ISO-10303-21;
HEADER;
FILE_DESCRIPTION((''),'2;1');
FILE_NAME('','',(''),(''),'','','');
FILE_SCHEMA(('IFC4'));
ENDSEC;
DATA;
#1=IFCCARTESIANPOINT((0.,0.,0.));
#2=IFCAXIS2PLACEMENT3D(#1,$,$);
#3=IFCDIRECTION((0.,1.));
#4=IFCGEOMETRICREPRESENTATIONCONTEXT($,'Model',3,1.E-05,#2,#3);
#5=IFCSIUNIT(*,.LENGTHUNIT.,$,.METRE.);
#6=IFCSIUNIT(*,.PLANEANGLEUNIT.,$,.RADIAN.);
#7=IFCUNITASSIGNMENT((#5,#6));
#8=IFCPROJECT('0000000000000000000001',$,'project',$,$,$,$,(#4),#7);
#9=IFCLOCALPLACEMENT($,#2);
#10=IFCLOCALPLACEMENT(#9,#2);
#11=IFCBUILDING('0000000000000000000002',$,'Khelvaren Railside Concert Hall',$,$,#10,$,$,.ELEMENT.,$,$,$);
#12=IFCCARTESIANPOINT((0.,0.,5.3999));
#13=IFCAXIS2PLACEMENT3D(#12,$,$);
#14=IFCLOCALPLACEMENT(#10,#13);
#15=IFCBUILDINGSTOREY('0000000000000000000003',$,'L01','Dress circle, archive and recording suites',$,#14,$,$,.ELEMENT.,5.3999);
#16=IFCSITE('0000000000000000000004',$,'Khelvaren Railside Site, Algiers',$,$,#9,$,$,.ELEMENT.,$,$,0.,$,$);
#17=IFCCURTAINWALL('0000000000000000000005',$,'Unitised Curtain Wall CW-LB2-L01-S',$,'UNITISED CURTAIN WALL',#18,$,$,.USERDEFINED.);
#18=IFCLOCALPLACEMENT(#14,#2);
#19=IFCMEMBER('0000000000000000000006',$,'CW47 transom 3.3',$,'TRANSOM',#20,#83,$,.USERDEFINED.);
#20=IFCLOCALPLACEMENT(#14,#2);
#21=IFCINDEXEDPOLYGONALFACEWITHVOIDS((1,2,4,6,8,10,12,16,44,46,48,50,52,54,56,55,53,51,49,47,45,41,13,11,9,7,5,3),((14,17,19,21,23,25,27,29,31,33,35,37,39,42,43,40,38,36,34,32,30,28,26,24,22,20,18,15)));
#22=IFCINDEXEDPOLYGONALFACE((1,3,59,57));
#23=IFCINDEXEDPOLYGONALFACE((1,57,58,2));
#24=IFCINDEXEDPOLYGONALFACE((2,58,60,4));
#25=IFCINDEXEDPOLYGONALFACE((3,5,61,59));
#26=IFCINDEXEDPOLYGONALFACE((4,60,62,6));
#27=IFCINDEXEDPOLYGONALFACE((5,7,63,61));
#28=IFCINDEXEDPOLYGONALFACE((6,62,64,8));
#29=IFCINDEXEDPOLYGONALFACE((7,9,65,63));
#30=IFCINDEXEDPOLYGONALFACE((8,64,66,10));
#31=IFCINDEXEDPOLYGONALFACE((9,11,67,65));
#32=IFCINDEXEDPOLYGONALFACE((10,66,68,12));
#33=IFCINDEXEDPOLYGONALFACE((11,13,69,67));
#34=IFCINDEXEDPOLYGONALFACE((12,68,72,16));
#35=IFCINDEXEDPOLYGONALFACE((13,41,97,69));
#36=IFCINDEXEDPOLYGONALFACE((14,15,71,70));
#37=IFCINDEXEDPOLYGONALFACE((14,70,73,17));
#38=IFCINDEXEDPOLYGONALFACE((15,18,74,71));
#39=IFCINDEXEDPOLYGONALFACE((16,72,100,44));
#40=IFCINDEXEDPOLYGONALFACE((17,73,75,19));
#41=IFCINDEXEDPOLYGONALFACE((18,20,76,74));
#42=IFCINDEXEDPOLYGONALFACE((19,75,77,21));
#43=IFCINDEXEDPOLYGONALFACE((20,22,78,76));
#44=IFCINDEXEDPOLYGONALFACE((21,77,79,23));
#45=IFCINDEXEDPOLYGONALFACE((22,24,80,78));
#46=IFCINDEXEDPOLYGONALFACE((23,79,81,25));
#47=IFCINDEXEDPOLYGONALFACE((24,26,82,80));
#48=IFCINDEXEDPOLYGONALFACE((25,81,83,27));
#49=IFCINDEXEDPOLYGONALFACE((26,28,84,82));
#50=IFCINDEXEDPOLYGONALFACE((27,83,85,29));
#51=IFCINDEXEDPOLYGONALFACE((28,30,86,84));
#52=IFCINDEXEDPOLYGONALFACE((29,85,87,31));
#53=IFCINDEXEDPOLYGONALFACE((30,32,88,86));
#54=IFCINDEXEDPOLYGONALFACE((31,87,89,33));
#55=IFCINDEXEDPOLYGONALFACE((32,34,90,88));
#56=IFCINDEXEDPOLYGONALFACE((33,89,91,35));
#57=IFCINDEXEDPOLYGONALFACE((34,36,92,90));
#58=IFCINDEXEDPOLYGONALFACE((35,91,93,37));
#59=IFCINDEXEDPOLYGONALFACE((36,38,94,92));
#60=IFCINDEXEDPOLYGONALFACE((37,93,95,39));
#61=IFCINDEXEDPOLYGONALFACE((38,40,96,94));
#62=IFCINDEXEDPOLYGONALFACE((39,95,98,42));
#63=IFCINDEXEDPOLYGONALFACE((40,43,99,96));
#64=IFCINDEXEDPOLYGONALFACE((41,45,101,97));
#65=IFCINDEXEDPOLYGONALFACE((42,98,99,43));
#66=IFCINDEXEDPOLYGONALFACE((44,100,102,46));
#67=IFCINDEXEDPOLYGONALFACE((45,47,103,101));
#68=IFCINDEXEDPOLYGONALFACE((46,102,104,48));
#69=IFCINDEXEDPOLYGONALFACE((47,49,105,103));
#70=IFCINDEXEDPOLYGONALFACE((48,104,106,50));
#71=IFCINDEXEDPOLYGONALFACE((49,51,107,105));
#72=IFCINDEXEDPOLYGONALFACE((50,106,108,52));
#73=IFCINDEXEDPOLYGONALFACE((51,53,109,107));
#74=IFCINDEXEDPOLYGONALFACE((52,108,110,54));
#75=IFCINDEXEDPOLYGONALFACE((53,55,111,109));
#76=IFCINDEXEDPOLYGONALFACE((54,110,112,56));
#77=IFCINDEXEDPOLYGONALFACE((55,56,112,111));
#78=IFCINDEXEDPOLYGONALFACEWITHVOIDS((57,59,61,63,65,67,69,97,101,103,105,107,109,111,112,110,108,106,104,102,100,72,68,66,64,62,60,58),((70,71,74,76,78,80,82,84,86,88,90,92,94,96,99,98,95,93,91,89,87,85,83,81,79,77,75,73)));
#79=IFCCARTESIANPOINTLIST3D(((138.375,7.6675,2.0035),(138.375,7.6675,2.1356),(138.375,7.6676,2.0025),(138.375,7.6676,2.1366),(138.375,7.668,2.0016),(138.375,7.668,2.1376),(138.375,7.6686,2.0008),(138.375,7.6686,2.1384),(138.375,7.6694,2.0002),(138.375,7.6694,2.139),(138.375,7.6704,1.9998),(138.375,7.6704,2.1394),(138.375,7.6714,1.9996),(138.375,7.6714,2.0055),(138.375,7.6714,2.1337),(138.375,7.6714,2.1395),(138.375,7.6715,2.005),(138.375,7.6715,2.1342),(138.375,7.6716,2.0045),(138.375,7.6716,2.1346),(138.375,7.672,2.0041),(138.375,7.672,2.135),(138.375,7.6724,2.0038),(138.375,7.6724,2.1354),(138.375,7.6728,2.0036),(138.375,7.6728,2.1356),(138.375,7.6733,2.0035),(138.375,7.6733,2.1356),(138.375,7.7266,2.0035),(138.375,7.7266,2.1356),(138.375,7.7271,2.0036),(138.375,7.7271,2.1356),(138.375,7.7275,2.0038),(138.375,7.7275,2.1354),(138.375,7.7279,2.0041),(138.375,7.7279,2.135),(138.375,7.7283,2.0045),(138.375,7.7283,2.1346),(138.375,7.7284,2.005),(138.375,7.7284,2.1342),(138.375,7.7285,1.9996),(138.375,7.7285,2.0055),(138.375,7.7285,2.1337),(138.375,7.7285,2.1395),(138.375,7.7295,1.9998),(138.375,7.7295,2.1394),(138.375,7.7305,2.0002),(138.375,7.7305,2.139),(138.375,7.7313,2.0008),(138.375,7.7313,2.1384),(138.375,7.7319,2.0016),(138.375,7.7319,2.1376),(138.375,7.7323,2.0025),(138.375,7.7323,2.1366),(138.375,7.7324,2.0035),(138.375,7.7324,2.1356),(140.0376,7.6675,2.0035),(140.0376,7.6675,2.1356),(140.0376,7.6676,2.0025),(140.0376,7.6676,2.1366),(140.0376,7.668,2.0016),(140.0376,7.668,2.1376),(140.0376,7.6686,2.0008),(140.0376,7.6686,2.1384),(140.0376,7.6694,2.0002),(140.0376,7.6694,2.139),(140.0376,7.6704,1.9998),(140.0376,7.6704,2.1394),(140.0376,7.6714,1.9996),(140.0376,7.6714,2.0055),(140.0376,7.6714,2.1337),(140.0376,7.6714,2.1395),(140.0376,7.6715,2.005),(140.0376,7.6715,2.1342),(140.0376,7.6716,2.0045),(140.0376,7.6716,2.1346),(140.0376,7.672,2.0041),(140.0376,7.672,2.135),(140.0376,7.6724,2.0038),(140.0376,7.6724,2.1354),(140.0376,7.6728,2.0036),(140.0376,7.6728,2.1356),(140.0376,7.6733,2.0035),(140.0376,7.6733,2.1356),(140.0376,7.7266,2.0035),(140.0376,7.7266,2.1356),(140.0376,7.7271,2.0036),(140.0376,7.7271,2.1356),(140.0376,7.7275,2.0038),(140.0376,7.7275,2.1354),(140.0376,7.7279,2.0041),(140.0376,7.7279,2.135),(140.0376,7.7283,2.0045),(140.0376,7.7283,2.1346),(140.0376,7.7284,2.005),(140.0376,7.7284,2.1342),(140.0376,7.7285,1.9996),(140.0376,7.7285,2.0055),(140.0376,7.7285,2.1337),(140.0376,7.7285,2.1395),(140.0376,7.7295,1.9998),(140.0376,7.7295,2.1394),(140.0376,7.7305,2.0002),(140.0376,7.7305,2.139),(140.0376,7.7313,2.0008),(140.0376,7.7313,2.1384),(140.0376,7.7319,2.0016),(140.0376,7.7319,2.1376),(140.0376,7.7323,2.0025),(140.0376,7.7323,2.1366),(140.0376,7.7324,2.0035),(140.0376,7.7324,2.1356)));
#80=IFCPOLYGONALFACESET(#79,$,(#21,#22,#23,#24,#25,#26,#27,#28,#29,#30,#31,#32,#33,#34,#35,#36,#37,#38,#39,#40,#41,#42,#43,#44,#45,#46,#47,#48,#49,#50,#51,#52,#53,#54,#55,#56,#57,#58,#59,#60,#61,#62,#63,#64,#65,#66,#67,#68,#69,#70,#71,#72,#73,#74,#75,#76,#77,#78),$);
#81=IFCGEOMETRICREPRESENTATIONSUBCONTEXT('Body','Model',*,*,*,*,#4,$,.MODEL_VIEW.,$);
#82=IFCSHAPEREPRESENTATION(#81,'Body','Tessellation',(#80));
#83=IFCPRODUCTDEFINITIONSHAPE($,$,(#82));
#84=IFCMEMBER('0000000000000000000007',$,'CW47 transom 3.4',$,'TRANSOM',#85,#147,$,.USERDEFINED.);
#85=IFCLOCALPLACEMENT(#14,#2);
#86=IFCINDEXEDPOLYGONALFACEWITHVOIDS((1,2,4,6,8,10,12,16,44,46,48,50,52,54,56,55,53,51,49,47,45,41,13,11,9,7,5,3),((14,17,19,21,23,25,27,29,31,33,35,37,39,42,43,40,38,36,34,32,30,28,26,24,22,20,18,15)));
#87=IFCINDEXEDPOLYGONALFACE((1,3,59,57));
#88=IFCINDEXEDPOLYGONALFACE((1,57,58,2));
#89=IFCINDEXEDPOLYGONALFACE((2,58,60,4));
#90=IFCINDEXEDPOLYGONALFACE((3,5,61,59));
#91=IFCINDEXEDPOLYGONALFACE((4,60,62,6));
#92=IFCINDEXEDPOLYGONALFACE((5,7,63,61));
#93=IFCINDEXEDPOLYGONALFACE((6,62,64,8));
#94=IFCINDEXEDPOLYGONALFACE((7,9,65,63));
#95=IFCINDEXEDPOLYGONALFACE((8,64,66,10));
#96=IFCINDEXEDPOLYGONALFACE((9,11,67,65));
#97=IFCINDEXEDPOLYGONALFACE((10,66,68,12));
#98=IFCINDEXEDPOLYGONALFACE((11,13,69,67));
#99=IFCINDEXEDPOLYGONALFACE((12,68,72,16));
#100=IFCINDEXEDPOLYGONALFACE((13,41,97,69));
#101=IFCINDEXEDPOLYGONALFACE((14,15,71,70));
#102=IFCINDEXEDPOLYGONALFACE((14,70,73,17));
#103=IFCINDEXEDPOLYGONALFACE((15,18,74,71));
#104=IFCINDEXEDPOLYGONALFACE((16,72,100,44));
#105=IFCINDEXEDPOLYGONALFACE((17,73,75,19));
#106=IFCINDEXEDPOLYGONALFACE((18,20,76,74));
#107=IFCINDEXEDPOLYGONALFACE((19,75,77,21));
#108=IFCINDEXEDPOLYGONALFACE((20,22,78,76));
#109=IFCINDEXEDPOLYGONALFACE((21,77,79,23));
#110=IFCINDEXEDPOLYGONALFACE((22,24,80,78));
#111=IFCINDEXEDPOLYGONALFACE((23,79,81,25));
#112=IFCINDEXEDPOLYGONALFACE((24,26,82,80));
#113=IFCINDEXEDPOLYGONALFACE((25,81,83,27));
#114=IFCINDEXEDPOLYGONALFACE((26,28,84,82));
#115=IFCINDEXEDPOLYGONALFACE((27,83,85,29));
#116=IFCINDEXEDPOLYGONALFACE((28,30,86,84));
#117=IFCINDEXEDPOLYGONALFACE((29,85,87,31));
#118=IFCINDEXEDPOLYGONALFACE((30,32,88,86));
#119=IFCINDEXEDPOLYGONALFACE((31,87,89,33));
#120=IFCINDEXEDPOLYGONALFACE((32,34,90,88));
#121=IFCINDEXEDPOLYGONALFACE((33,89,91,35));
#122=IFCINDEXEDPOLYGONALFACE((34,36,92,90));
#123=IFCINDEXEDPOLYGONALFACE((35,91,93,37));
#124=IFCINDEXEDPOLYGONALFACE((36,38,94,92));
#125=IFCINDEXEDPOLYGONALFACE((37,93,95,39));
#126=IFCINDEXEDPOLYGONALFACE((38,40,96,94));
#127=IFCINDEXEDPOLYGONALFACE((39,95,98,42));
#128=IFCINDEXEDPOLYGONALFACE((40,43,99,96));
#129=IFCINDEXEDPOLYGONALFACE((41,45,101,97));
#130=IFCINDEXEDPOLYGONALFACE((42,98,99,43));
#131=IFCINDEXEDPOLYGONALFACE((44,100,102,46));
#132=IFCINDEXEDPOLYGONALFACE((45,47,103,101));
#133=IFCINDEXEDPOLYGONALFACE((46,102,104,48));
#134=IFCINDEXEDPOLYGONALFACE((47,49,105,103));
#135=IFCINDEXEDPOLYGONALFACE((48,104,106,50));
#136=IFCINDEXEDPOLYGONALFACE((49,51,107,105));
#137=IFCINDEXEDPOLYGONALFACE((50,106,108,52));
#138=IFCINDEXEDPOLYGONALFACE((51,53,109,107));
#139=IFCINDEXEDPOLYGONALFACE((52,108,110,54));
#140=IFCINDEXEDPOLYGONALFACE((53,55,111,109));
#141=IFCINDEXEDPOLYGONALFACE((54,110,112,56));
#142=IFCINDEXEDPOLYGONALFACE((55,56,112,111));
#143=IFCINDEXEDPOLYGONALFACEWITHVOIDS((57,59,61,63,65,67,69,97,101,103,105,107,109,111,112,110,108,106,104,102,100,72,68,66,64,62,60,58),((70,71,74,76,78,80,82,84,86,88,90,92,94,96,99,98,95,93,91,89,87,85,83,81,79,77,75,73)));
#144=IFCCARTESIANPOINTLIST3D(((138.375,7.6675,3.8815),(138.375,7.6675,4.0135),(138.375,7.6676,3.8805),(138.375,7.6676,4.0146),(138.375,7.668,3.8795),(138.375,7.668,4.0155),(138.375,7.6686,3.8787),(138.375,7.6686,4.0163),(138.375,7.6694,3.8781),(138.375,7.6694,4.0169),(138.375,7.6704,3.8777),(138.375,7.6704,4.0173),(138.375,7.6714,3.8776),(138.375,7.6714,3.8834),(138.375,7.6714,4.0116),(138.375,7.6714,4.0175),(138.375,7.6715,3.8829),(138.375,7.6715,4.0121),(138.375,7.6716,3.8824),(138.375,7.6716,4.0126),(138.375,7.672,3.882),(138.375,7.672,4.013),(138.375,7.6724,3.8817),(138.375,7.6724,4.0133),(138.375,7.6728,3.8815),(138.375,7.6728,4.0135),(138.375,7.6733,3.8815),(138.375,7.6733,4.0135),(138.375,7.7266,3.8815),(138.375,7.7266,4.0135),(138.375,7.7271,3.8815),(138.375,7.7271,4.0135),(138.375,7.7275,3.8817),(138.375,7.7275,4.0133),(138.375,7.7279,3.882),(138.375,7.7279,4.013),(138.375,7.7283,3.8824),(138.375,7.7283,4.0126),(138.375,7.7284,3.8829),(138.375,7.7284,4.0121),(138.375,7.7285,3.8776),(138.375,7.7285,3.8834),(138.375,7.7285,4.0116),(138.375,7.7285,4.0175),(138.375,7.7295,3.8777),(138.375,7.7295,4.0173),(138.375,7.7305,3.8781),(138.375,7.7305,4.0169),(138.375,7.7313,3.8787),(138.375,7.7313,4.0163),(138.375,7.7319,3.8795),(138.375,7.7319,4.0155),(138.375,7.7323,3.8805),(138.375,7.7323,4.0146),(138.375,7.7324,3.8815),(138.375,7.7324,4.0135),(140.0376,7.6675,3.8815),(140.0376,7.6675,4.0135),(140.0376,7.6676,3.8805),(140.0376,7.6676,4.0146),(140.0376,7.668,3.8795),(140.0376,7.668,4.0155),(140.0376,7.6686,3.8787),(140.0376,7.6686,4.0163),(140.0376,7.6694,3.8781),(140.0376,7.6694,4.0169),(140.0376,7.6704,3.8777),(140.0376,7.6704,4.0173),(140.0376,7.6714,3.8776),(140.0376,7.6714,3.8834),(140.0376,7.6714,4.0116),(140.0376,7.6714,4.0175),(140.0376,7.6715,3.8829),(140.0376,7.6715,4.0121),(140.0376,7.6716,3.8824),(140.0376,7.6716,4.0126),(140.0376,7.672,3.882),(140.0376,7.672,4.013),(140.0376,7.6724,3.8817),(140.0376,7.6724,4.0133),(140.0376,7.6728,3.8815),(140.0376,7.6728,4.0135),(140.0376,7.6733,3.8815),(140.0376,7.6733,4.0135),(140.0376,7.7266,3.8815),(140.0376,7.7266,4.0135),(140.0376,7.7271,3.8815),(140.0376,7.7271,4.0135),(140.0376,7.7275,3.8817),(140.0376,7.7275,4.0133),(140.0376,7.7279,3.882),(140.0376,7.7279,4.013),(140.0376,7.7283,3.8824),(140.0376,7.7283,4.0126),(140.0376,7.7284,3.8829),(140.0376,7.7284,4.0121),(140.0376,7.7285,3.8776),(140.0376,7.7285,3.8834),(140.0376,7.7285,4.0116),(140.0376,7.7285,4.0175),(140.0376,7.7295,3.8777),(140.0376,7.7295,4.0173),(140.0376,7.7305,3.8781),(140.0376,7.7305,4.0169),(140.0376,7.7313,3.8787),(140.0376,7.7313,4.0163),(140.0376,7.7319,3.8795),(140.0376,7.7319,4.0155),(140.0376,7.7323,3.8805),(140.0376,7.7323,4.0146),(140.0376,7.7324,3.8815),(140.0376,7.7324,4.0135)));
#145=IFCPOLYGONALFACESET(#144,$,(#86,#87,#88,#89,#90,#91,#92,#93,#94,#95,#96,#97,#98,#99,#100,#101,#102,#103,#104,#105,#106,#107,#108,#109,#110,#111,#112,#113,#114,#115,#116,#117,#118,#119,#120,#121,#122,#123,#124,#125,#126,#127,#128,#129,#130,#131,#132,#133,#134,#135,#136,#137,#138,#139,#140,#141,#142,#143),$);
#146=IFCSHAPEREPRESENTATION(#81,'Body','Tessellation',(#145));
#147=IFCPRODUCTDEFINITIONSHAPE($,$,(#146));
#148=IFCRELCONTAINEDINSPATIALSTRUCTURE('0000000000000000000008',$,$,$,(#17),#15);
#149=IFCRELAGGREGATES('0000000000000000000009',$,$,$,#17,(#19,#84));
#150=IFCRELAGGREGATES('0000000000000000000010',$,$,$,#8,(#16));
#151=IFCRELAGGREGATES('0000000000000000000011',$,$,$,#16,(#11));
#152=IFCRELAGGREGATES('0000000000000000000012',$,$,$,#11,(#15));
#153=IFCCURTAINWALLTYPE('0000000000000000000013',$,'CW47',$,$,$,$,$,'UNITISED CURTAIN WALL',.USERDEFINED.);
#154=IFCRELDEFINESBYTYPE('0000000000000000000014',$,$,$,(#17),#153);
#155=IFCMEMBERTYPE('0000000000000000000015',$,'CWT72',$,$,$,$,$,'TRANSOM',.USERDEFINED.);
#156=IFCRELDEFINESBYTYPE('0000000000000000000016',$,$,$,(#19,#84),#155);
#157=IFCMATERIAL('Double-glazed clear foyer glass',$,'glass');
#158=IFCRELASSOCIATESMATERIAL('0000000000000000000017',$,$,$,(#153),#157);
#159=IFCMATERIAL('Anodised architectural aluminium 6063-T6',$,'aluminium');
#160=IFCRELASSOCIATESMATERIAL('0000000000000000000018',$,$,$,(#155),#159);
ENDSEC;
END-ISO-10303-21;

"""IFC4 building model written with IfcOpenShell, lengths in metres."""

from ifc_helpers import new_model, si_unit, direction, frame, origin, origin_2d, place, context, subcontext, project, spatial, hollow_rectangle, extrude, material, material_profile, profile_set, type_object, element, aggregate, save


model = new_model("IFC4")

# Units and contexts
model_context = context("Model", 3, precision=1e-05, world=origin(), true_north=direction((0.0, 1.0)))
body_context = subcontext(model_context, "Body", "Model", "MODEL_VIEW")
ifc_project = project(units=[si_unit("LENGTHUNIT", "METRE"), si_unit("PLANEANGLEUNIT", "RADIAN")], contexts=[model_context])

# Site, building, storey
site_placement = place(None, origin())
site = spatial("IfcSite", under=ifc_project, at=site_placement, Name="Khelvaren Railside Site, Algiers", CompositionType="ELEMENT", RefElevation=0.0)
building_placement = place(site_placement, origin())
building = spatial("IfcBuilding", under=site, at=building_placement, Name="Khelvaren Railside Concert Hall", CompositionType="ELEMENT")
storey_placement = place(building_placement, frame((0.0, 0.0, 5.3999)))
storey = spatial("IfcBuildingStorey", under=building, at=storey_placement, Name="L01", Description="Dress circle, archive and recording suites", CompositionType="ELEMENT", Elevation=5.3999)

# Curtain wall
ifc_material_1 = material(Name="Double-glazed clear foyer glass", Category="glass")
curtain_wall_type_1 = type_object("IfcCurtainWallType", Name="CW47", ElementType="UNITISED CURTAIN WALL", PredefinedType="USERDEFINED", material=ifc_material_1)
curtain_wall_1_placement = place(storey_placement, origin())
curtain_wall_1 = element("IfcCurtainWall", 1, at=curtain_wall_1_placement, inside=storey, type_object=curtain_wall_type_1, Name="Unitised Curtain Wall CW-LB2-L01-S", ObjectType="UNITISED CURTAIN WALL", PredefinedType="USERDEFINED")
ifc_material_2 = material(Name="Anodised architectural aluminium 6063-T6", Category="aluminium")

# Members
ifc_material_profile_1 = material_profile(ifc_material_2, hollow_rectangle(XDim=0.0649, YDim=0.1399, WallThickness=0.0039, InnerFilletRadius=0.002, OuterFilletRadius=0.0039, at=origin_2d()), Name="CWT 65x140x4")
ifc_profile_set_1 = profile_set([ifc_material_profile_1], Name="Anodised architectural aluminium 6063-T6")
member_type_1 = type_object("IfcMemberType", Name="CWT72", ElementType="TRANSOM", PredefinedType="USERDEFINED", material=ifc_profile_set_1)
member_1_placement = place(storey_placement, frame((140.0376, 7.7, 2.0696), z_axis=(-1.0, 0.0, 0.0), x_axis=(0.0, -1.0, 0.0)))
member_1 = element("IfcMember", 2, at=member_1_placement, type_object=member_type_1, Name="CW47 transom 3.3", ObjectType="TRANSOM", PredefinedType="USERDEFINED", context=body_context, shape_type="SweptSolid", body=[
    extrude(hollow_rectangle(XDim=0.0649, YDim=0.1399, WallThickness=0.0039, InnerFilletRadius=0.002, OuterFilletRadius=0.0039, at=origin_2d()), origin(), (0.0, 0.0, 1.0), 1.6626),
])
member_2_placement = place(storey_placement, frame((140.0376, 7.7, 3.9475), z_axis=(-1.0, 0.0, 0.0), x_axis=(0.0, -1.0, 0.0)))
member_2 = element("IfcMember", 3, at=member_2_placement, type_object=member_type_1, Name="CW47 transom 3.4", ObjectType="TRANSOM", PredefinedType="USERDEFINED", context=body_context, shape_type="SweptSolid", body=[
    extrude(hollow_rectangle(XDim=0.0649, YDim=0.1399, WallThickness=0.0039, InnerFilletRadius=0.002, OuterFilletRadius=0.0039, at=origin_2d()), origin(), (0.0, 0.0, 1.0), 1.6626),
])

aggregate(curtain_wall_1, [member_1, member_2])

save(model, "model.ifc")
